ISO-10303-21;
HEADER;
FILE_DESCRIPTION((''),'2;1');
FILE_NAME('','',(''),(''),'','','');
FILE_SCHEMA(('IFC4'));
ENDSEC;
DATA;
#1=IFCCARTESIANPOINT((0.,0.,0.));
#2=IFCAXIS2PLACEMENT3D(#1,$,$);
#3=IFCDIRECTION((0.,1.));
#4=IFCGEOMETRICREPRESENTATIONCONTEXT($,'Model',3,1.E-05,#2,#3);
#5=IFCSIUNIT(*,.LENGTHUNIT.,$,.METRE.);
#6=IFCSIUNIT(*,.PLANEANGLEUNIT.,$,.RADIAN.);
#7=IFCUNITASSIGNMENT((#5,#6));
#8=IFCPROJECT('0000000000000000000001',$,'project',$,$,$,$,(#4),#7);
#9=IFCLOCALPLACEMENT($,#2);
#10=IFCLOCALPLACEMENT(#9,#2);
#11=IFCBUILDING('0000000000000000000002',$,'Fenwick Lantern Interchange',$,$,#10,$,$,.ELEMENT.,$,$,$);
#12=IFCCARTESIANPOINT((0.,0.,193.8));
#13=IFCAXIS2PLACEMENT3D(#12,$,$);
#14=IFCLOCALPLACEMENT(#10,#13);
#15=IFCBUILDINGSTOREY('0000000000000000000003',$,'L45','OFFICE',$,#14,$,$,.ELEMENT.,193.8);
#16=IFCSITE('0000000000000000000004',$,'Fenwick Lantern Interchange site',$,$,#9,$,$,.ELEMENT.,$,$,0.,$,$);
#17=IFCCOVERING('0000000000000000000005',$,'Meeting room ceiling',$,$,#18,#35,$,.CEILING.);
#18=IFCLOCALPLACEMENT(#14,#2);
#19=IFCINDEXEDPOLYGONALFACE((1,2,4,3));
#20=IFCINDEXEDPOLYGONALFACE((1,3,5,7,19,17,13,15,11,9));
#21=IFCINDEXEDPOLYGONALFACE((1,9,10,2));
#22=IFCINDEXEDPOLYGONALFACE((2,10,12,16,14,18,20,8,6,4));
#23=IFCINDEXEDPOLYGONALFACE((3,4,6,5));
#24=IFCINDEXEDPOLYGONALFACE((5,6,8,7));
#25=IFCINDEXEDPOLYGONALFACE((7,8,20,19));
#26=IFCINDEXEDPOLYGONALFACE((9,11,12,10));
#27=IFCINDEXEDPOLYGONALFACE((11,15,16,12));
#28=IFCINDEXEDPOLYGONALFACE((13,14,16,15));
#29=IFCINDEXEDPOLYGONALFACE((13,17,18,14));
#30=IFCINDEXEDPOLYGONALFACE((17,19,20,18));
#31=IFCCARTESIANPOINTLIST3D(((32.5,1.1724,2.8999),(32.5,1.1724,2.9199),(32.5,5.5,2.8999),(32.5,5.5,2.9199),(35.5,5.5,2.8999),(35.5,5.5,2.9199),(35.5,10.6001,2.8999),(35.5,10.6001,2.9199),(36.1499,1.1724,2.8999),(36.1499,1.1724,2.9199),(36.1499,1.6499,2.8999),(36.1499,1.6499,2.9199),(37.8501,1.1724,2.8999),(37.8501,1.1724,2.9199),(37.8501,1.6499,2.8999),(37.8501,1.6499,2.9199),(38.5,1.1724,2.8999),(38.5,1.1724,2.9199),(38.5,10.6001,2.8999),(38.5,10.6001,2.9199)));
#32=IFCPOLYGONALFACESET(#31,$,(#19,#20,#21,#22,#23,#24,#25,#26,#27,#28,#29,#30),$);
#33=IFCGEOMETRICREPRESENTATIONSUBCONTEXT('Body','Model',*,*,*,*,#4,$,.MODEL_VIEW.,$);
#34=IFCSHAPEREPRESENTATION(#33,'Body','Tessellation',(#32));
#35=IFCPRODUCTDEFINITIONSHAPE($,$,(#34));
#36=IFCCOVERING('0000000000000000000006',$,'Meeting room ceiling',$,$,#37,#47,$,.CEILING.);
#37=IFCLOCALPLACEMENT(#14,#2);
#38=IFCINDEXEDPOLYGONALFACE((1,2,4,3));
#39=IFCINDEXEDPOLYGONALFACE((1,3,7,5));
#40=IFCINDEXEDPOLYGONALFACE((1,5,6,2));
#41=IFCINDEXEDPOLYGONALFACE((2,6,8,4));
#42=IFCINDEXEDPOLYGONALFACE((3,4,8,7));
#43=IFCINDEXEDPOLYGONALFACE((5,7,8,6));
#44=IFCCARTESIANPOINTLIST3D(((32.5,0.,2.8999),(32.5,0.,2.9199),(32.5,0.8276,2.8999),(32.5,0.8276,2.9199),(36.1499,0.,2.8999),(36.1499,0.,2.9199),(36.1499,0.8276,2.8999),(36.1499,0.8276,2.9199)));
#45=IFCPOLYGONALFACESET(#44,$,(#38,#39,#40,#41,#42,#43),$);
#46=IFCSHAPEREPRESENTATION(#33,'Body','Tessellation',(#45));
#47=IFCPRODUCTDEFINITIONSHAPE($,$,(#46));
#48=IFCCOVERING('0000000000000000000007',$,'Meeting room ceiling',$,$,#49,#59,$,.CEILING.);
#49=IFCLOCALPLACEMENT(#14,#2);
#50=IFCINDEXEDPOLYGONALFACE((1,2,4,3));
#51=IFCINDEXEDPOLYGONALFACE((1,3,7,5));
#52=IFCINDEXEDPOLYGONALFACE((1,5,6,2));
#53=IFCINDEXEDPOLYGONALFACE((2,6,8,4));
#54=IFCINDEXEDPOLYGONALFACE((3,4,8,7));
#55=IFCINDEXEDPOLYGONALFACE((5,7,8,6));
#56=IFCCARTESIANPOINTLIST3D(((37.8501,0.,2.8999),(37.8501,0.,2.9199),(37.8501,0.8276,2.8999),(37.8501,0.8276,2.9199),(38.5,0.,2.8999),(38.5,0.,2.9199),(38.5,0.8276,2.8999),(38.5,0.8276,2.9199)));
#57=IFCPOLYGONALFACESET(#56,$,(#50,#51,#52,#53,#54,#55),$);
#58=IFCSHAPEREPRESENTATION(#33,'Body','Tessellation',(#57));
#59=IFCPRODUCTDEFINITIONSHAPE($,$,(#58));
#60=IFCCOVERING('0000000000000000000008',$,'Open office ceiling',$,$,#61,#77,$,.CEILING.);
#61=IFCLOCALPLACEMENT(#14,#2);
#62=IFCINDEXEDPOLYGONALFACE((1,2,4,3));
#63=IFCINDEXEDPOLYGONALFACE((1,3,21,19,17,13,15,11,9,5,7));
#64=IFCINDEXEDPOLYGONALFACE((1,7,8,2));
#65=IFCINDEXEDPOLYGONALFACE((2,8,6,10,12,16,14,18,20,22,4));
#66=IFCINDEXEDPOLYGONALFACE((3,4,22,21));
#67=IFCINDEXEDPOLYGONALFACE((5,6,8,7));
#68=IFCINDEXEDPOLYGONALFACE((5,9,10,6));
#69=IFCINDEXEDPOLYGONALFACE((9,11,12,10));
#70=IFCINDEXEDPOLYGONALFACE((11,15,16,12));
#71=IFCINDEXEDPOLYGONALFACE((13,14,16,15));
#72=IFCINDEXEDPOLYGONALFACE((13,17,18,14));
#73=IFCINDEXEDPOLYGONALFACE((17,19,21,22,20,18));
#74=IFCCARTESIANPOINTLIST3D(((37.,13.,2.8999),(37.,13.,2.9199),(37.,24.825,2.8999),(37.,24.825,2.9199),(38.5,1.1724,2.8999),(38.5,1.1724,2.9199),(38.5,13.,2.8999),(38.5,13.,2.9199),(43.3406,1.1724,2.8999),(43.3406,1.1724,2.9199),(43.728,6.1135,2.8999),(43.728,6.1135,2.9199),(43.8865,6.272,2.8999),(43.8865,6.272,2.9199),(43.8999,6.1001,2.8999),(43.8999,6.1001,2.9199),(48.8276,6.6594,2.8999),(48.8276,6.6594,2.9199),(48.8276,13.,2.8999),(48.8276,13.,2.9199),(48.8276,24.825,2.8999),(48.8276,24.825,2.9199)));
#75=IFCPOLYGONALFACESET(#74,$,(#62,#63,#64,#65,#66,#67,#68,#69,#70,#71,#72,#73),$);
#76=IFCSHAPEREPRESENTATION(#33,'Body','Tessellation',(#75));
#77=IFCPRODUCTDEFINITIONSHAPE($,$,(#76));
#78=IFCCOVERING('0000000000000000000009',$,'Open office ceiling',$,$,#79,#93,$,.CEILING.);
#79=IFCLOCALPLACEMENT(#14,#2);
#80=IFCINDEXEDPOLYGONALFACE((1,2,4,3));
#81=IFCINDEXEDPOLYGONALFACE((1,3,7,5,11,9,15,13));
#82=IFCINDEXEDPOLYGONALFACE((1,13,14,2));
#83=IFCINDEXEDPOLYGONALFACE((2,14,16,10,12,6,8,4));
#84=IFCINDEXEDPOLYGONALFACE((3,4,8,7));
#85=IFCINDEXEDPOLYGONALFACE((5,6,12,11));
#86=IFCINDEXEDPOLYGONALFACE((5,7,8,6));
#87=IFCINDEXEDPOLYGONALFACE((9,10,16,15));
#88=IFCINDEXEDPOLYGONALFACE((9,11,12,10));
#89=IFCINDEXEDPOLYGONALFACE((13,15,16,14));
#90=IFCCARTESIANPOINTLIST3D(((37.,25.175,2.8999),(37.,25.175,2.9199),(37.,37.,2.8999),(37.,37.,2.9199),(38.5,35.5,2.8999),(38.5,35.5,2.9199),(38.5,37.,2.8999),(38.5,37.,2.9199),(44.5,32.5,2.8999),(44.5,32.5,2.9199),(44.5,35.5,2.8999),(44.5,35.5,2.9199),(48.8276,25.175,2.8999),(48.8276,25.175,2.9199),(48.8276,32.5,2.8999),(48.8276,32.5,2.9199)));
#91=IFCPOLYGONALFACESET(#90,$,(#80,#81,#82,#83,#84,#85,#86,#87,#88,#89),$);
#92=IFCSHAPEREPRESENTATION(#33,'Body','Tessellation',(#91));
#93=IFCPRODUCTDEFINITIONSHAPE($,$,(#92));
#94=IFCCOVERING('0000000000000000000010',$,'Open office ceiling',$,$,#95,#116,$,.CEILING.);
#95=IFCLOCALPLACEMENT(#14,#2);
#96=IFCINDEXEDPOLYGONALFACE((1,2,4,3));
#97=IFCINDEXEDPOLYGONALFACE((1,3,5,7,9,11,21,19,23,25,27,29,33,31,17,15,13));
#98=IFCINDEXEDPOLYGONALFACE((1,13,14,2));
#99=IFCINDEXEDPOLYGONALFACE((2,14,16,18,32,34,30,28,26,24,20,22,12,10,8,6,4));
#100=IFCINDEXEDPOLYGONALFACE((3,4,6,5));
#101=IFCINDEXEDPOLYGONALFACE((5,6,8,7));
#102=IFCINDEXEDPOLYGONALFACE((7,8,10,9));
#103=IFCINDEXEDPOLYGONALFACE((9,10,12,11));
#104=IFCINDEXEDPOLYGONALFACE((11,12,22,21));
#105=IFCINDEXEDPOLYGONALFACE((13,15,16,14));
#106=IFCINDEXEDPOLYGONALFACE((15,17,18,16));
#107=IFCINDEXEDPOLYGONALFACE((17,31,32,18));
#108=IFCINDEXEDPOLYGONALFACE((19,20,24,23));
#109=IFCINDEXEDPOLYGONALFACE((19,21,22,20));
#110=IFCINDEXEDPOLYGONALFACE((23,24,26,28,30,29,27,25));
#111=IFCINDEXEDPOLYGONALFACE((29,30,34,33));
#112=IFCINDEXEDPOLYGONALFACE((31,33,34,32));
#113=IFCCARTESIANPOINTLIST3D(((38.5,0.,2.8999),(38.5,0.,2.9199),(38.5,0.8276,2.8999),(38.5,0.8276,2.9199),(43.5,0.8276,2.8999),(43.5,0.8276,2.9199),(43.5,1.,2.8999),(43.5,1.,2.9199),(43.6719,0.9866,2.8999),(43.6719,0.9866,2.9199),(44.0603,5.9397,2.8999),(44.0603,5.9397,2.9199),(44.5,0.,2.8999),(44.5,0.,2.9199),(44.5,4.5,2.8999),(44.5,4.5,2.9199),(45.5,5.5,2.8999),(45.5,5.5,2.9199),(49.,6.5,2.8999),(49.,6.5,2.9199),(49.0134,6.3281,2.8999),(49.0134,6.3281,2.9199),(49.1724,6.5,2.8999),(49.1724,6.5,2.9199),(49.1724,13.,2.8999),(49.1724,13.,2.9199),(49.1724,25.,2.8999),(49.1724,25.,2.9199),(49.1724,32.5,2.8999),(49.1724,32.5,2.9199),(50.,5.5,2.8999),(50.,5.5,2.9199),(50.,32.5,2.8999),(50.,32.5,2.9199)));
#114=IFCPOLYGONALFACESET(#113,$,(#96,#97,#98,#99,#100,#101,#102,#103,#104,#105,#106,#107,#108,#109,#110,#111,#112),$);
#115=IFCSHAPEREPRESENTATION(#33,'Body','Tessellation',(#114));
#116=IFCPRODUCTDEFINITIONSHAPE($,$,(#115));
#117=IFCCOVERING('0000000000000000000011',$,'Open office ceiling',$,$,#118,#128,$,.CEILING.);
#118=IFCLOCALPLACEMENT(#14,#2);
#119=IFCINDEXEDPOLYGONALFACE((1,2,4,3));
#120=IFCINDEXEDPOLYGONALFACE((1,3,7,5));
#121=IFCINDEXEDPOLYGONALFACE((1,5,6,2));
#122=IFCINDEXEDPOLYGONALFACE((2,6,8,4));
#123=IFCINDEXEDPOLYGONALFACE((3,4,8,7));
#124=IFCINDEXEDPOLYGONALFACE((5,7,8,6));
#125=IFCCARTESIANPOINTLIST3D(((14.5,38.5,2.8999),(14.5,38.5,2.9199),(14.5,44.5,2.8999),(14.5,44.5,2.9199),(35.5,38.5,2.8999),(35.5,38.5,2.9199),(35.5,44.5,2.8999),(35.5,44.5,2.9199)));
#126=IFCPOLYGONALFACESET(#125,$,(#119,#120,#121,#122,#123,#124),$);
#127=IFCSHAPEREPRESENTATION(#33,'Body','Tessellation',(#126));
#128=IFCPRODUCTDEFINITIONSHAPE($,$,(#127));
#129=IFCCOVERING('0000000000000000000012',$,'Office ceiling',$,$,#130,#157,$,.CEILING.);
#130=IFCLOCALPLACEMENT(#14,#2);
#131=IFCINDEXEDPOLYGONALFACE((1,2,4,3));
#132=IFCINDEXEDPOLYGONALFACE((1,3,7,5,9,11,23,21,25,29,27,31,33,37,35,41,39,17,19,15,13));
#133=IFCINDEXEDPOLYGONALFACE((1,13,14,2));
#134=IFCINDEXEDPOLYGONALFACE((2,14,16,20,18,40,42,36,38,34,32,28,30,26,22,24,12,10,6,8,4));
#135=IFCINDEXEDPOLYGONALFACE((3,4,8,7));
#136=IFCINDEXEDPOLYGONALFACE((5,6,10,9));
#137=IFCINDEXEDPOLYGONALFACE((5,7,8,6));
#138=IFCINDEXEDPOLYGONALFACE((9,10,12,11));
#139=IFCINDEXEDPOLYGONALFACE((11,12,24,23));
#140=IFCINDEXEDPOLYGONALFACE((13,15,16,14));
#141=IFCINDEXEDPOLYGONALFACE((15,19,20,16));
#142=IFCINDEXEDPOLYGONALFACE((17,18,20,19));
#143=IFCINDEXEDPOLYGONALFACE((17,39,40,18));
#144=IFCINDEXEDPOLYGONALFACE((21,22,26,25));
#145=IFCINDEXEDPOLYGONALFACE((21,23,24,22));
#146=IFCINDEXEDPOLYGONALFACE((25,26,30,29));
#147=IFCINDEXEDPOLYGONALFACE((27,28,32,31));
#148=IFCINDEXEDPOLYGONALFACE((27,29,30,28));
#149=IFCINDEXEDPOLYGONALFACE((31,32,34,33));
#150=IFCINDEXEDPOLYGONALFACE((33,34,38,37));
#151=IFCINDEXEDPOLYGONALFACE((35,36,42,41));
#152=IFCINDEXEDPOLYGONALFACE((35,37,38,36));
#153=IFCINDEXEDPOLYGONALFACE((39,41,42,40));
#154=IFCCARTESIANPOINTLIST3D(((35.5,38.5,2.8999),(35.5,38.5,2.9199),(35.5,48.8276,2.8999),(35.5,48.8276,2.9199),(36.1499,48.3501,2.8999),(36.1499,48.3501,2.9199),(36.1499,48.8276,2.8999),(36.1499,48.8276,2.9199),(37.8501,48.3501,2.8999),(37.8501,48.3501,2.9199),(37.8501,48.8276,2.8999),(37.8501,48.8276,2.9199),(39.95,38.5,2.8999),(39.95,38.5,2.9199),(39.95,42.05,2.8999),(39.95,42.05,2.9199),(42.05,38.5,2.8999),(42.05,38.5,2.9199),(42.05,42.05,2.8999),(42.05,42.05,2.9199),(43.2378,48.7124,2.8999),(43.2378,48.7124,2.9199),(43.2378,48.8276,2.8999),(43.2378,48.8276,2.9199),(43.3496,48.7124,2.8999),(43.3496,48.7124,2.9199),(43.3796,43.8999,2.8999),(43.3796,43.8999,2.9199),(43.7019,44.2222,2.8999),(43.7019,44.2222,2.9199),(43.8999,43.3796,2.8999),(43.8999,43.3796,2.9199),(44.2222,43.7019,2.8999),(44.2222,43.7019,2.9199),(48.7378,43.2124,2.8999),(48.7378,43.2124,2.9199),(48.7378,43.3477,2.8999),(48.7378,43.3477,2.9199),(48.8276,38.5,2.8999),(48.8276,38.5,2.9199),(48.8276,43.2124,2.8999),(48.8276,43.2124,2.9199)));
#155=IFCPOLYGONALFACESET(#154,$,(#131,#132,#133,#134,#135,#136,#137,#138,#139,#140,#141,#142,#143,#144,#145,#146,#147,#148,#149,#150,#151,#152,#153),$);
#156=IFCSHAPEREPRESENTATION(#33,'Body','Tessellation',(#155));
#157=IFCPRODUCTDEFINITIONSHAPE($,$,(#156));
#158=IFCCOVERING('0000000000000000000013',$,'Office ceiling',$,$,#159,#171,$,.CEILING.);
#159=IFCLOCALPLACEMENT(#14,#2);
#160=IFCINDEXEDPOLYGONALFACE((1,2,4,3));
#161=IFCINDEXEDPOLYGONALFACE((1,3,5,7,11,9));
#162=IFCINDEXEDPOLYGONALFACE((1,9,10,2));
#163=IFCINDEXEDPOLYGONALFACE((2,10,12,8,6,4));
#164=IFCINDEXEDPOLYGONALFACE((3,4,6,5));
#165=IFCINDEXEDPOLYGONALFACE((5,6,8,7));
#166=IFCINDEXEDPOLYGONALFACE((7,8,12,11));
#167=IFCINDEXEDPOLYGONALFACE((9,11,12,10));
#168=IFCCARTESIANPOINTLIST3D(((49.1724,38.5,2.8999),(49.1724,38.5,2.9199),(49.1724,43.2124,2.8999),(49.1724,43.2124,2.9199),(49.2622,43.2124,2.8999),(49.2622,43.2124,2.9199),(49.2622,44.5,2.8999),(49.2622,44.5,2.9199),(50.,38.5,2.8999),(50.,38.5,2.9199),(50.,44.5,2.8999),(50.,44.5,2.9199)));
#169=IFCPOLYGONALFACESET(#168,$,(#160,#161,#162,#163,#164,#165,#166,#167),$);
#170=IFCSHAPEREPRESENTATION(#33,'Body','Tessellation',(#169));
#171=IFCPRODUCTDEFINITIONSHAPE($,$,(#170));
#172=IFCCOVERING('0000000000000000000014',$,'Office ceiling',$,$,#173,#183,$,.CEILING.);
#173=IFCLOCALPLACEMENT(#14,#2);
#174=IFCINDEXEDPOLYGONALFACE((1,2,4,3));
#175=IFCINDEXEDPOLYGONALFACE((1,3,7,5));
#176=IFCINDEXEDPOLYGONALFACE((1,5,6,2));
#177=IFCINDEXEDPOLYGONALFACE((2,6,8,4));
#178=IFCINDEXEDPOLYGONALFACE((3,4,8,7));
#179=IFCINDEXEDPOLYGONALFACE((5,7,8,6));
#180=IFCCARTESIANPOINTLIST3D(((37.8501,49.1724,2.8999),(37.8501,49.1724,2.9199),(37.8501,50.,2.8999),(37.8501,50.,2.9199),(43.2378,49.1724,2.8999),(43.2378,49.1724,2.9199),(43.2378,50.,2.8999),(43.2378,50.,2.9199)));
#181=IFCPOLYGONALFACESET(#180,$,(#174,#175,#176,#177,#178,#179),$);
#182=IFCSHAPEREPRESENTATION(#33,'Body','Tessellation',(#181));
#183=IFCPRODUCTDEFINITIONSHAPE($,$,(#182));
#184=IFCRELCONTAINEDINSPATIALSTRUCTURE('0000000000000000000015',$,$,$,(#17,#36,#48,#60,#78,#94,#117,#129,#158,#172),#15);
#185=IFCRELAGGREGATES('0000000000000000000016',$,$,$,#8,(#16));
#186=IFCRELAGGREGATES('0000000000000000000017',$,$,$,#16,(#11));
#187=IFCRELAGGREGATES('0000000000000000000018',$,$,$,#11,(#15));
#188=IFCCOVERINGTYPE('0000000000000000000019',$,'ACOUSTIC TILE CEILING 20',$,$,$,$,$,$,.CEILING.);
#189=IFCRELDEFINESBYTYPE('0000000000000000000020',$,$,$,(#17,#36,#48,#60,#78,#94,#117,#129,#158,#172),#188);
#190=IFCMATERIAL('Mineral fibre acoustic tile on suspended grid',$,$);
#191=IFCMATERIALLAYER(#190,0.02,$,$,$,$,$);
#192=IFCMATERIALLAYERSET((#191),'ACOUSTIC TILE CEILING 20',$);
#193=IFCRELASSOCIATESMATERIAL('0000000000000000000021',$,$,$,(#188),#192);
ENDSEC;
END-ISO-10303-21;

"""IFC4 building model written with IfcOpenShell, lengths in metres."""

from ifc_helpers import new_model, si_unit, direction, frame, origin, place, context, subcontext, project, spatial, polyline, outline, extrude, material, layer, layer_set, type_object, element, save


model = new_model("IFC4")

# Units and contexts
model_context = context("Model", 3, precision=1e-05, world=origin(), true_north=direction((0.0, 1.0)))
body_context = subcontext(model_context, "Body", "Model", "MODEL_VIEW")
ifc_project = project(units=[si_unit("LENGTHUNIT", "METRE"), si_unit("PLANEANGLEUNIT", "RADIAN")], contexts=[model_context])

# Site, building, storey
site_placement = place(None, origin())
site = spatial("IfcSite", under=ifc_project, at=site_placement, Name="Fenwick Lantern Interchange site", CompositionType="ELEMENT", RefElevation=0.0)
building_placement = place(site_placement, origin())
building = spatial("IfcBuilding", under=site, at=building_placement, Name="Fenwick Lantern Interchange", CompositionType="ELEMENT")
storey_placement = place(building_placement, frame((0.0, 0.0, 193.8)))
storey = spatial("IfcBuildingStorey", under=building, at=storey_placement, Name="L45", Description="OFFICE", CompositionType="ELEMENT", Elevation=193.8)

# Coverings
ifc_material_1 = material(Name="Mineral fibre acoustic tile on suspended grid")
ifc_layer_1 = layer(ifc_material_1, 0.02)
ifc_layer_set_1 = layer_set([ifc_layer_1], Name="ACOUSTIC TILE CEILING 20")
covering_type_1 = type_object("IfcCoveringType", Name="ACOUSTIC TILE CEILING 20", PredefinedType="CEILING", material=ifc_layer_set_1)
covering_1_placement = place(storey_placement, frame((0.0, 0.0, 2.8999)))
element("IfcCovering", 1, at=covering_1_placement, inside=storey, type_object=covering_type_1, Name="Meeting room ceiling", PredefinedType="CEILING", context=body_context, shape_type="SweptSolid", body=[
    extrude(outline(polyline([(37.8501, 1.6499), (37.8501, 1.1724), (38.5, 1.1724), (38.5, 10.6001), (35.5, 10.6001), (35.5, 5.5), (32.5, 5.5), (32.5, 1.1724), (36.1499, 1.1724), (36.1499, 1.6499), (37.8501, 1.6499)])), origin(), (0.0, 0.0, 1.0), 0.02),
])
covering_2_placement = place(storey_placement, frame((0.0, 0.0, 2.8999)))
element("IfcCovering", 2, at=covering_2_placement, inside=storey, type_object=covering_type_1, Name="Meeting room ceiling", PredefinedType="CEILING", context=body_context, shape_type="SweptSolid", body=[
    extrude(outline(polyline([(36.1499, 0.0), (36.1499, 0.8276), (32.5, 0.8276), (32.5, 0.0), (36.1499, 0.0)])), origin(), (0.0, 0.0, 1.0), 0.02),
])
covering_3_placement = place(storey_placement, frame((0.0, 0.0, 2.8999)))
element("IfcCovering", 3, at=covering_3_placement, inside=storey, type_object=covering_type_1, Name="Meeting room ceiling", PredefinedType="CEILING", context=body_context, shape_type="SweptSolid", body=[
    extrude(outline(polyline([(37.8501, 0.8276), (37.8501, 0.0), (38.5, 0.0), (38.5, 0.8276), (37.8501, 0.8276)])), origin(), (0.0, 0.0, 1.0), 0.02),
])
covering_4_placement = place(storey_placement, frame((0.0, 0.0, 2.8999)))
element("IfcCovering", 4, at=covering_4_placement, inside=storey, type_object=covering_type_1, Name="Open office ceiling", PredefinedType="CEILING", context=body_context, shape_type="SweptSolid", body=[
    extrude(outline(polyline([(38.5, 13.0), (38.5, 1.1724), (43.3406, 1.1724), (43.728, 6.1135), (43.8999, 6.1001), (43.8865, 6.272), (48.8276, 6.6594), (48.8276, 13.0), (48.8276, 24.825), (37.0, 24.825), (37.0, 13.0), (38.5, 13.0)])), origin(), (0.0, 0.0, 1.0), 0.02),
])
covering_5_placement = place(storey_placement, frame((0.0, 0.0, 2.8999)))
element("IfcCovering", 5, at=covering_5_placement, inside=storey, type_object=covering_type_1, Name="Open office ceiling", PredefinedType="CEILING", context=body_context, shape_type="SweptSolid", body=[
    extrude(outline(polyline([(37.0, 37.0), (37.0, 25.175), (48.8276, 25.175), (48.8276, 32.5), (44.5, 32.5), (44.5, 35.5), (38.5, 35.5), (38.5, 37.0), (37.0, 37.0)])), origin(), (0.0, 0.0, 1.0), 0.02),
])
covering_6_placement = place(storey_placement, frame((0.0, 0.0, 2.8999)))
element("IfcCovering", 6, at=covering_6_placement, inside=storey, type_object=covering_type_1, Name="Open office ceiling", PredefinedType="CEILING", context=body_context, shape_type="SweptSolid", body=[
    extrude(outline(polyline([(45.5, 5.5), (50.0, 5.5), (50.0, 32.5), (49.1724, 32.5), (49.1724, 25.0), (49.1724, 13.0), (49.1724, 6.5), (49.0, 6.5), (49.0134, 6.3281), (44.0603, 5.9397), (43.6719, 0.9866), (43.5, 1.0), (43.5, 0.8276), (38.5, 0.8276), (38.5, 0.0), (44.5, 0.0), (44.5, 4.5), (45.5, 5.5)])), origin(), (0.0, 0.0, 1.0), 0.02),
])
covering_7_placement = place(storey_placement, frame((0.0, 0.0, 2.8999)))
element("IfcCovering", 7, at=covering_7_placement, inside=storey, type_object=covering_type_1, Name="Open office ceiling", PredefinedType="CEILING", context=body_context, shape_type="SweptSolid", body=[
    extrude(outline(polyline([(35.5, 38.5), (35.5, 44.5), (14.5, 44.5), (14.5, 38.5), (35.5, 38.5)])), origin(), (0.0, 0.0, 1.0), 0.02),
])
covering_8_placement = place(storey_placement, frame((0.0, 0.0, 2.8999)))
element("IfcCovering", 8, at=covering_8_placement, inside=storey, type_object=covering_type_1, Name="Office ceiling", PredefinedType="CEILING", context=body_context, shape_type="SweptSolid", body=[
    extrude(outline(polyline([(42.05, 38.5), (48.8276, 38.5), (48.8276, 43.2124), (48.7378, 43.2124), (48.7378, 43.3477), (44.2222, 43.7019), (43.8999, 43.3796), (43.3796, 43.8999), (43.7019, 44.2222), (43.3496, 48.7124), (43.2378, 48.7124), (43.2378, 48.8276), (37.8501, 48.8276), (37.8501, 48.3501), (36.1499, 48.3501), (36.1499, 48.8276), (35.5, 48.8276), (35.5, 38.5), (39.95, 38.5), (39.95, 42.05), (42.05, 42.05), (42.05, 38.5)])), origin(), (0.0, 0.0, 1.0), 0.02),
])
covering_9_placement = place(storey_placement, frame((0.0, 0.0, 2.8999)))
element("IfcCovering", 9, at=covering_9_placement, inside=storey, type_object=covering_type_1, Name="Office ceiling", PredefinedType="CEILING", context=body_context, shape_type="SweptSolid", body=[
    extrude(outline(polyline([(49.2622, 44.5), (49.2622, 43.2124), (49.1724, 43.2124), (49.1724, 38.5), (50.0, 38.5), (50.0, 44.5), (49.2622, 44.5)])), origin(), (0.0, 0.0, 1.0), 0.02),
])
covering_10_placement = place(storey_placement, frame((0.0, 0.0, 2.8999)))
element("IfcCovering", 10, at=covering_10_placement, inside=storey, type_object=covering_type_1, Name="Office ceiling", PredefinedType="CEILING", context=body_context, shape_type="SweptSolid", body=[
    extrude(outline(polyline([(37.8501, 50.0), (37.8501, 49.1724), (43.2378, 49.1724), (43.2378, 50.0), (37.8501, 50.0)])), origin(), (0.0, 0.0, 1.0), 0.02),
])

save(model, "model.ifc")
